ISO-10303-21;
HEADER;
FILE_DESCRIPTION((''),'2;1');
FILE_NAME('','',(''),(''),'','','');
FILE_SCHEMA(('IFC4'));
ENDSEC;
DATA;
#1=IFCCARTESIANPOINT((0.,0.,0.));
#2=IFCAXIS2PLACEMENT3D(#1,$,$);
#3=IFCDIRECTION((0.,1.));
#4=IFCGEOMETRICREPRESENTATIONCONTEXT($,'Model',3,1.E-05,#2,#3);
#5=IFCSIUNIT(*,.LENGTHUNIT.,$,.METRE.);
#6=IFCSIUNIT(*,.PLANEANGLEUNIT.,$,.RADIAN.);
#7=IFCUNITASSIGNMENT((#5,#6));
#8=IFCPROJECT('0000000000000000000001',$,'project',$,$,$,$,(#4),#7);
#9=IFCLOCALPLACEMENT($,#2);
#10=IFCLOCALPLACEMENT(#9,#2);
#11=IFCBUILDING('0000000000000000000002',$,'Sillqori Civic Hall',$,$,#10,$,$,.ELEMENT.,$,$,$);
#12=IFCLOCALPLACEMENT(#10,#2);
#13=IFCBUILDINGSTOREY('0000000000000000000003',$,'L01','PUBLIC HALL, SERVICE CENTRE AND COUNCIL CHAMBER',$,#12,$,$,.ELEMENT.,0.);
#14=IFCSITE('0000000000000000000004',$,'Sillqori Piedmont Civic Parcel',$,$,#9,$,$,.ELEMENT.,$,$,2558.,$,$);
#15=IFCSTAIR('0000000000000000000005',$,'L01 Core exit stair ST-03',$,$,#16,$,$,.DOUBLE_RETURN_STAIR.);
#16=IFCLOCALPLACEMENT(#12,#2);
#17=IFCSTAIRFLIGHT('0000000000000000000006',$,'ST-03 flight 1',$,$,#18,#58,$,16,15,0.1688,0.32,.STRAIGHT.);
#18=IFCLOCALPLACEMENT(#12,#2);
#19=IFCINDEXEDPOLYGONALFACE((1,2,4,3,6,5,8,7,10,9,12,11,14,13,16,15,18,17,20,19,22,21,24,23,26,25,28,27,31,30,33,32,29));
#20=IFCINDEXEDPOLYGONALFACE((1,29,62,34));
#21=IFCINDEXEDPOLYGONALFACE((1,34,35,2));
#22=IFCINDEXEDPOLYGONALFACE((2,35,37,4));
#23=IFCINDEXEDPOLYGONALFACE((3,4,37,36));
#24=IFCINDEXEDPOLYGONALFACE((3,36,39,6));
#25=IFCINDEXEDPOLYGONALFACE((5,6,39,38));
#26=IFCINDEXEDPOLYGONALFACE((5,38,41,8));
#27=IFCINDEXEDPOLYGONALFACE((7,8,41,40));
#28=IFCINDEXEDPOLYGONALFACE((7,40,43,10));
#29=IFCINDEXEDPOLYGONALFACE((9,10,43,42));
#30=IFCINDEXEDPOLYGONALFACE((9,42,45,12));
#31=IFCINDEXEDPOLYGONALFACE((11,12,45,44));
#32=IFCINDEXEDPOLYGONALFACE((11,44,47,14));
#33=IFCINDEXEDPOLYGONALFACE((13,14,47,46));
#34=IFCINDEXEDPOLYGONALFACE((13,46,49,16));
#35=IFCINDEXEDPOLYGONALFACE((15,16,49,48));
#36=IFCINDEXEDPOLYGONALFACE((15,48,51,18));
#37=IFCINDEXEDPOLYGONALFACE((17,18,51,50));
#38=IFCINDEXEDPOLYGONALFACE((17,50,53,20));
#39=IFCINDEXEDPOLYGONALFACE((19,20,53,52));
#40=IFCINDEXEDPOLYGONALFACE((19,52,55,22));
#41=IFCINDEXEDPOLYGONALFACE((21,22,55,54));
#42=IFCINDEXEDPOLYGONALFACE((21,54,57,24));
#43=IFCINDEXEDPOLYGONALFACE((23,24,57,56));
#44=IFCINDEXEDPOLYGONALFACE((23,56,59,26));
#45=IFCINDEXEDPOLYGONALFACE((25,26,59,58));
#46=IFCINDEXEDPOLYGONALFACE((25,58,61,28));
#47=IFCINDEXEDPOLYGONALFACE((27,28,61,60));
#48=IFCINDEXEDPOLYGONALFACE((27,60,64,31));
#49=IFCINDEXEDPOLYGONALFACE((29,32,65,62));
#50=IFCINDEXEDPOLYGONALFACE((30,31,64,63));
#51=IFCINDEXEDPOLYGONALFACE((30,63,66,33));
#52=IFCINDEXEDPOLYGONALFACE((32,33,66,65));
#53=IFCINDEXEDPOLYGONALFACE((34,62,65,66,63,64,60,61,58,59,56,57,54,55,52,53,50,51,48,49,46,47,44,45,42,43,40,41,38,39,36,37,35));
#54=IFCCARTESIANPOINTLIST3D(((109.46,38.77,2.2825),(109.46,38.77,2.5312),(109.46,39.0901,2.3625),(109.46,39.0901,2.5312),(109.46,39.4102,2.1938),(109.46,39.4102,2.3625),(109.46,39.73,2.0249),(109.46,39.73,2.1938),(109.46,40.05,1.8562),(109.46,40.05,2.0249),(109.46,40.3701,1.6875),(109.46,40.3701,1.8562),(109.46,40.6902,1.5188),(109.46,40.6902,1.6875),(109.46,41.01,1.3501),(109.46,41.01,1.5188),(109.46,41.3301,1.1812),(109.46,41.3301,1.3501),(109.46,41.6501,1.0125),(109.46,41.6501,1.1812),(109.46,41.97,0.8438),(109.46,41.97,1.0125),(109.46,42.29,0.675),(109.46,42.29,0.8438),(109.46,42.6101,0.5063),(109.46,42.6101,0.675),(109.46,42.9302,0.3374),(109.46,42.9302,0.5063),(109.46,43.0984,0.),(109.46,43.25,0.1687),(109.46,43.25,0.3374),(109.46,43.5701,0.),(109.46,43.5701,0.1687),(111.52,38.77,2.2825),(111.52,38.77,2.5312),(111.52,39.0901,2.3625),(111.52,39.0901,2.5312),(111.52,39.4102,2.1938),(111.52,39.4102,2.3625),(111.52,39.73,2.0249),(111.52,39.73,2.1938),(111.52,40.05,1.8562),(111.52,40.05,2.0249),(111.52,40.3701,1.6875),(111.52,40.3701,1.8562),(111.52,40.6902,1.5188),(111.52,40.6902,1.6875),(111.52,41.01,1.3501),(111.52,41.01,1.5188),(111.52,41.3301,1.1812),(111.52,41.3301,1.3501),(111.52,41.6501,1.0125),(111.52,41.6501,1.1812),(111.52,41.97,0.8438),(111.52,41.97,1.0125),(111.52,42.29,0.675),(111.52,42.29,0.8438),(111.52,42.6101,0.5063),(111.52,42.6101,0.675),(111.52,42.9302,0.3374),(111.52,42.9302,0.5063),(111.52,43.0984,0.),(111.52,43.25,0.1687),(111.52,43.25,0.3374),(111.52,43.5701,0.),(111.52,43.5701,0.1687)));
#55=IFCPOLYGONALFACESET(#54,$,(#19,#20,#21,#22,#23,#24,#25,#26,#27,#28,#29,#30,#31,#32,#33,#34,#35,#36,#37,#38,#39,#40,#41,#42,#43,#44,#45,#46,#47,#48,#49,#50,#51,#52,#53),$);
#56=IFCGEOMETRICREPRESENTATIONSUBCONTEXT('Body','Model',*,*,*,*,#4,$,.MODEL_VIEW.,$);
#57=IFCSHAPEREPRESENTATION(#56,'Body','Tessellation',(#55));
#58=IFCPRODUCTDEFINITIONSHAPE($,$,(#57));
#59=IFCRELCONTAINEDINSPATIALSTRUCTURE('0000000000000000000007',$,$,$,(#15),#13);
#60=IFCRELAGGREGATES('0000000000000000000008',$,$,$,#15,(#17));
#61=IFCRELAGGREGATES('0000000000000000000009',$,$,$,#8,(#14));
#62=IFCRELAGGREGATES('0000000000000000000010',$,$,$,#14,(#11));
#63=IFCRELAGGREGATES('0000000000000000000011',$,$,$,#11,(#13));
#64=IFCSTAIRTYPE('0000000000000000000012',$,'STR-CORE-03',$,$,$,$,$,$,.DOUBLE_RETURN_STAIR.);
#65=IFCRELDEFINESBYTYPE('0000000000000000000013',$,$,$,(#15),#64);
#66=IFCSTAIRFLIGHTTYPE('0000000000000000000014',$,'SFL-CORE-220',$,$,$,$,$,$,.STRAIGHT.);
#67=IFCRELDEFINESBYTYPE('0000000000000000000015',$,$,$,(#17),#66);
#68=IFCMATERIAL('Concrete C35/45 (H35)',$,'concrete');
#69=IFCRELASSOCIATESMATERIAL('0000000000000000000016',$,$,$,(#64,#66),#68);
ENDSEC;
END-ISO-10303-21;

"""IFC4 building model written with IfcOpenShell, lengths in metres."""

from ifc_helpers import new_model, si_unit, direction, frame, origin, place, context, subcontext, project, spatial, polyline, outline, extrude, material, type_object, element, aggregate, save


model = new_model("IFC4")

# Units and contexts
model_context = context("Model", 3, precision=1e-05, world=origin(), true_north=direction((0.0, 1.0)))
body_context = subcontext(model_context, "Body", "Model", "MODEL_VIEW")
ifc_project = project(units=[si_unit("LENGTHUNIT", "METRE"), si_unit("PLANEANGLEUNIT", "RADIAN")], contexts=[model_context])

# Site, building, storey
site_placement = place(None, origin())
site = spatial("IfcSite", under=ifc_project, at=site_placement, Name="Sillqori Piedmont Civic Parcel", CompositionType="ELEMENT", RefElevation=2558.0)
building_placement = place(site_placement, origin())
building = spatial("IfcBuilding", under=site, at=building_placement, Name="Sillqori Civic Hall", CompositionType="ELEMENT")
storey_placement = place(building_placement, origin())
storey = spatial("IfcBuildingStorey", under=building, at=storey_placement, Name="L01", Description="PUBLIC HALL, SERVICE CENTRE AND COUNCIL CHAMBER", CompositionType="ELEMENT", Elevation=0.0)

# Shared definitions
ifc_material_1 = material(Name="Concrete C35/45 (H35)", Category="concrete")

# Stair, stair flight
stair_type = type_object("IfcStairType", Name="STR-CORE-03", PredefinedType="DOUBLE_RETURN_STAIR", material=ifc_material_1)
stair_placement = place(storey_placement, origin())
stair = element("IfcStair", 1, at=stair_placement, inside=storey, type_object=stair_type, Name="L01 Core exit stair ST-03", PredefinedType="DOUBLE_RETURN_STAIR")
stair_flight_type = type_object("IfcStairFlightType", Name="SFL-CORE-220", PredefinedType="STRAIGHT", material=ifc_material_1)
stair_flight_placement = place(storey_placement, frame((110.49, 43.5701, 0.0), z_axis=(0.0, 0.0, 1.0), x_axis=(0.0, -1.0, 0.0)))
stair_flight = element("IfcStairFlight", 2, at=stair_flight_placement, type_object=stair_flight_type, Name="ST-03 flight 1", NumberOfRisers=16, NumberOfTreads=15, PredefinedType="STRAIGHT", RiserHeight=0.1688, TreadLength=0.32, context=body_context, shape_type="SweptSolid", body=[
    extrude(outline(polyline([(0.0, 0.0), (0.0, 0.1687), (0.3201, 0.1687), (0.3201, 0.3374), (0.6399, 0.3374), (0.6399, 0.5063), (0.96, 0.5063), (0.96, 0.675), (1.28, 0.675), (1.28, 0.8438), (1.6001, 0.8438), (1.6001, 1.0125), (1.9199, 1.0125), (1.9199, 1.1812), (2.24, 1.1812), (2.24, 1.3501), (2.5601, 1.3501), (2.5601, 1.5188), (2.8799, 1.5188), (2.8799, 1.6875), (3.2, 1.6875), (3.2, 1.8562), (3.52, 1.8562), (3.52, 2.0249), (3.8401, 2.0249), (3.8401, 2.1938), (4.1599, 2.1938), (4.1599, 2.3625), (4.48, 2.3625), (4.48, 2.5312), (4.8, 2.5312), (4.8, 2.7), (4.8, 2.2825), (0.4717, 0.0), (0.0, 0.0)])), frame((0.0, 1.03, 0.0), z_axis=(0.0, -1.0, 0.0), x_axis=(1.0, 0.0, 0.0)), (0.0, 0.0, 1.0), 2.0601),
])
aggregate(stair, [stair_flight])

save(model, "model.ifc")
